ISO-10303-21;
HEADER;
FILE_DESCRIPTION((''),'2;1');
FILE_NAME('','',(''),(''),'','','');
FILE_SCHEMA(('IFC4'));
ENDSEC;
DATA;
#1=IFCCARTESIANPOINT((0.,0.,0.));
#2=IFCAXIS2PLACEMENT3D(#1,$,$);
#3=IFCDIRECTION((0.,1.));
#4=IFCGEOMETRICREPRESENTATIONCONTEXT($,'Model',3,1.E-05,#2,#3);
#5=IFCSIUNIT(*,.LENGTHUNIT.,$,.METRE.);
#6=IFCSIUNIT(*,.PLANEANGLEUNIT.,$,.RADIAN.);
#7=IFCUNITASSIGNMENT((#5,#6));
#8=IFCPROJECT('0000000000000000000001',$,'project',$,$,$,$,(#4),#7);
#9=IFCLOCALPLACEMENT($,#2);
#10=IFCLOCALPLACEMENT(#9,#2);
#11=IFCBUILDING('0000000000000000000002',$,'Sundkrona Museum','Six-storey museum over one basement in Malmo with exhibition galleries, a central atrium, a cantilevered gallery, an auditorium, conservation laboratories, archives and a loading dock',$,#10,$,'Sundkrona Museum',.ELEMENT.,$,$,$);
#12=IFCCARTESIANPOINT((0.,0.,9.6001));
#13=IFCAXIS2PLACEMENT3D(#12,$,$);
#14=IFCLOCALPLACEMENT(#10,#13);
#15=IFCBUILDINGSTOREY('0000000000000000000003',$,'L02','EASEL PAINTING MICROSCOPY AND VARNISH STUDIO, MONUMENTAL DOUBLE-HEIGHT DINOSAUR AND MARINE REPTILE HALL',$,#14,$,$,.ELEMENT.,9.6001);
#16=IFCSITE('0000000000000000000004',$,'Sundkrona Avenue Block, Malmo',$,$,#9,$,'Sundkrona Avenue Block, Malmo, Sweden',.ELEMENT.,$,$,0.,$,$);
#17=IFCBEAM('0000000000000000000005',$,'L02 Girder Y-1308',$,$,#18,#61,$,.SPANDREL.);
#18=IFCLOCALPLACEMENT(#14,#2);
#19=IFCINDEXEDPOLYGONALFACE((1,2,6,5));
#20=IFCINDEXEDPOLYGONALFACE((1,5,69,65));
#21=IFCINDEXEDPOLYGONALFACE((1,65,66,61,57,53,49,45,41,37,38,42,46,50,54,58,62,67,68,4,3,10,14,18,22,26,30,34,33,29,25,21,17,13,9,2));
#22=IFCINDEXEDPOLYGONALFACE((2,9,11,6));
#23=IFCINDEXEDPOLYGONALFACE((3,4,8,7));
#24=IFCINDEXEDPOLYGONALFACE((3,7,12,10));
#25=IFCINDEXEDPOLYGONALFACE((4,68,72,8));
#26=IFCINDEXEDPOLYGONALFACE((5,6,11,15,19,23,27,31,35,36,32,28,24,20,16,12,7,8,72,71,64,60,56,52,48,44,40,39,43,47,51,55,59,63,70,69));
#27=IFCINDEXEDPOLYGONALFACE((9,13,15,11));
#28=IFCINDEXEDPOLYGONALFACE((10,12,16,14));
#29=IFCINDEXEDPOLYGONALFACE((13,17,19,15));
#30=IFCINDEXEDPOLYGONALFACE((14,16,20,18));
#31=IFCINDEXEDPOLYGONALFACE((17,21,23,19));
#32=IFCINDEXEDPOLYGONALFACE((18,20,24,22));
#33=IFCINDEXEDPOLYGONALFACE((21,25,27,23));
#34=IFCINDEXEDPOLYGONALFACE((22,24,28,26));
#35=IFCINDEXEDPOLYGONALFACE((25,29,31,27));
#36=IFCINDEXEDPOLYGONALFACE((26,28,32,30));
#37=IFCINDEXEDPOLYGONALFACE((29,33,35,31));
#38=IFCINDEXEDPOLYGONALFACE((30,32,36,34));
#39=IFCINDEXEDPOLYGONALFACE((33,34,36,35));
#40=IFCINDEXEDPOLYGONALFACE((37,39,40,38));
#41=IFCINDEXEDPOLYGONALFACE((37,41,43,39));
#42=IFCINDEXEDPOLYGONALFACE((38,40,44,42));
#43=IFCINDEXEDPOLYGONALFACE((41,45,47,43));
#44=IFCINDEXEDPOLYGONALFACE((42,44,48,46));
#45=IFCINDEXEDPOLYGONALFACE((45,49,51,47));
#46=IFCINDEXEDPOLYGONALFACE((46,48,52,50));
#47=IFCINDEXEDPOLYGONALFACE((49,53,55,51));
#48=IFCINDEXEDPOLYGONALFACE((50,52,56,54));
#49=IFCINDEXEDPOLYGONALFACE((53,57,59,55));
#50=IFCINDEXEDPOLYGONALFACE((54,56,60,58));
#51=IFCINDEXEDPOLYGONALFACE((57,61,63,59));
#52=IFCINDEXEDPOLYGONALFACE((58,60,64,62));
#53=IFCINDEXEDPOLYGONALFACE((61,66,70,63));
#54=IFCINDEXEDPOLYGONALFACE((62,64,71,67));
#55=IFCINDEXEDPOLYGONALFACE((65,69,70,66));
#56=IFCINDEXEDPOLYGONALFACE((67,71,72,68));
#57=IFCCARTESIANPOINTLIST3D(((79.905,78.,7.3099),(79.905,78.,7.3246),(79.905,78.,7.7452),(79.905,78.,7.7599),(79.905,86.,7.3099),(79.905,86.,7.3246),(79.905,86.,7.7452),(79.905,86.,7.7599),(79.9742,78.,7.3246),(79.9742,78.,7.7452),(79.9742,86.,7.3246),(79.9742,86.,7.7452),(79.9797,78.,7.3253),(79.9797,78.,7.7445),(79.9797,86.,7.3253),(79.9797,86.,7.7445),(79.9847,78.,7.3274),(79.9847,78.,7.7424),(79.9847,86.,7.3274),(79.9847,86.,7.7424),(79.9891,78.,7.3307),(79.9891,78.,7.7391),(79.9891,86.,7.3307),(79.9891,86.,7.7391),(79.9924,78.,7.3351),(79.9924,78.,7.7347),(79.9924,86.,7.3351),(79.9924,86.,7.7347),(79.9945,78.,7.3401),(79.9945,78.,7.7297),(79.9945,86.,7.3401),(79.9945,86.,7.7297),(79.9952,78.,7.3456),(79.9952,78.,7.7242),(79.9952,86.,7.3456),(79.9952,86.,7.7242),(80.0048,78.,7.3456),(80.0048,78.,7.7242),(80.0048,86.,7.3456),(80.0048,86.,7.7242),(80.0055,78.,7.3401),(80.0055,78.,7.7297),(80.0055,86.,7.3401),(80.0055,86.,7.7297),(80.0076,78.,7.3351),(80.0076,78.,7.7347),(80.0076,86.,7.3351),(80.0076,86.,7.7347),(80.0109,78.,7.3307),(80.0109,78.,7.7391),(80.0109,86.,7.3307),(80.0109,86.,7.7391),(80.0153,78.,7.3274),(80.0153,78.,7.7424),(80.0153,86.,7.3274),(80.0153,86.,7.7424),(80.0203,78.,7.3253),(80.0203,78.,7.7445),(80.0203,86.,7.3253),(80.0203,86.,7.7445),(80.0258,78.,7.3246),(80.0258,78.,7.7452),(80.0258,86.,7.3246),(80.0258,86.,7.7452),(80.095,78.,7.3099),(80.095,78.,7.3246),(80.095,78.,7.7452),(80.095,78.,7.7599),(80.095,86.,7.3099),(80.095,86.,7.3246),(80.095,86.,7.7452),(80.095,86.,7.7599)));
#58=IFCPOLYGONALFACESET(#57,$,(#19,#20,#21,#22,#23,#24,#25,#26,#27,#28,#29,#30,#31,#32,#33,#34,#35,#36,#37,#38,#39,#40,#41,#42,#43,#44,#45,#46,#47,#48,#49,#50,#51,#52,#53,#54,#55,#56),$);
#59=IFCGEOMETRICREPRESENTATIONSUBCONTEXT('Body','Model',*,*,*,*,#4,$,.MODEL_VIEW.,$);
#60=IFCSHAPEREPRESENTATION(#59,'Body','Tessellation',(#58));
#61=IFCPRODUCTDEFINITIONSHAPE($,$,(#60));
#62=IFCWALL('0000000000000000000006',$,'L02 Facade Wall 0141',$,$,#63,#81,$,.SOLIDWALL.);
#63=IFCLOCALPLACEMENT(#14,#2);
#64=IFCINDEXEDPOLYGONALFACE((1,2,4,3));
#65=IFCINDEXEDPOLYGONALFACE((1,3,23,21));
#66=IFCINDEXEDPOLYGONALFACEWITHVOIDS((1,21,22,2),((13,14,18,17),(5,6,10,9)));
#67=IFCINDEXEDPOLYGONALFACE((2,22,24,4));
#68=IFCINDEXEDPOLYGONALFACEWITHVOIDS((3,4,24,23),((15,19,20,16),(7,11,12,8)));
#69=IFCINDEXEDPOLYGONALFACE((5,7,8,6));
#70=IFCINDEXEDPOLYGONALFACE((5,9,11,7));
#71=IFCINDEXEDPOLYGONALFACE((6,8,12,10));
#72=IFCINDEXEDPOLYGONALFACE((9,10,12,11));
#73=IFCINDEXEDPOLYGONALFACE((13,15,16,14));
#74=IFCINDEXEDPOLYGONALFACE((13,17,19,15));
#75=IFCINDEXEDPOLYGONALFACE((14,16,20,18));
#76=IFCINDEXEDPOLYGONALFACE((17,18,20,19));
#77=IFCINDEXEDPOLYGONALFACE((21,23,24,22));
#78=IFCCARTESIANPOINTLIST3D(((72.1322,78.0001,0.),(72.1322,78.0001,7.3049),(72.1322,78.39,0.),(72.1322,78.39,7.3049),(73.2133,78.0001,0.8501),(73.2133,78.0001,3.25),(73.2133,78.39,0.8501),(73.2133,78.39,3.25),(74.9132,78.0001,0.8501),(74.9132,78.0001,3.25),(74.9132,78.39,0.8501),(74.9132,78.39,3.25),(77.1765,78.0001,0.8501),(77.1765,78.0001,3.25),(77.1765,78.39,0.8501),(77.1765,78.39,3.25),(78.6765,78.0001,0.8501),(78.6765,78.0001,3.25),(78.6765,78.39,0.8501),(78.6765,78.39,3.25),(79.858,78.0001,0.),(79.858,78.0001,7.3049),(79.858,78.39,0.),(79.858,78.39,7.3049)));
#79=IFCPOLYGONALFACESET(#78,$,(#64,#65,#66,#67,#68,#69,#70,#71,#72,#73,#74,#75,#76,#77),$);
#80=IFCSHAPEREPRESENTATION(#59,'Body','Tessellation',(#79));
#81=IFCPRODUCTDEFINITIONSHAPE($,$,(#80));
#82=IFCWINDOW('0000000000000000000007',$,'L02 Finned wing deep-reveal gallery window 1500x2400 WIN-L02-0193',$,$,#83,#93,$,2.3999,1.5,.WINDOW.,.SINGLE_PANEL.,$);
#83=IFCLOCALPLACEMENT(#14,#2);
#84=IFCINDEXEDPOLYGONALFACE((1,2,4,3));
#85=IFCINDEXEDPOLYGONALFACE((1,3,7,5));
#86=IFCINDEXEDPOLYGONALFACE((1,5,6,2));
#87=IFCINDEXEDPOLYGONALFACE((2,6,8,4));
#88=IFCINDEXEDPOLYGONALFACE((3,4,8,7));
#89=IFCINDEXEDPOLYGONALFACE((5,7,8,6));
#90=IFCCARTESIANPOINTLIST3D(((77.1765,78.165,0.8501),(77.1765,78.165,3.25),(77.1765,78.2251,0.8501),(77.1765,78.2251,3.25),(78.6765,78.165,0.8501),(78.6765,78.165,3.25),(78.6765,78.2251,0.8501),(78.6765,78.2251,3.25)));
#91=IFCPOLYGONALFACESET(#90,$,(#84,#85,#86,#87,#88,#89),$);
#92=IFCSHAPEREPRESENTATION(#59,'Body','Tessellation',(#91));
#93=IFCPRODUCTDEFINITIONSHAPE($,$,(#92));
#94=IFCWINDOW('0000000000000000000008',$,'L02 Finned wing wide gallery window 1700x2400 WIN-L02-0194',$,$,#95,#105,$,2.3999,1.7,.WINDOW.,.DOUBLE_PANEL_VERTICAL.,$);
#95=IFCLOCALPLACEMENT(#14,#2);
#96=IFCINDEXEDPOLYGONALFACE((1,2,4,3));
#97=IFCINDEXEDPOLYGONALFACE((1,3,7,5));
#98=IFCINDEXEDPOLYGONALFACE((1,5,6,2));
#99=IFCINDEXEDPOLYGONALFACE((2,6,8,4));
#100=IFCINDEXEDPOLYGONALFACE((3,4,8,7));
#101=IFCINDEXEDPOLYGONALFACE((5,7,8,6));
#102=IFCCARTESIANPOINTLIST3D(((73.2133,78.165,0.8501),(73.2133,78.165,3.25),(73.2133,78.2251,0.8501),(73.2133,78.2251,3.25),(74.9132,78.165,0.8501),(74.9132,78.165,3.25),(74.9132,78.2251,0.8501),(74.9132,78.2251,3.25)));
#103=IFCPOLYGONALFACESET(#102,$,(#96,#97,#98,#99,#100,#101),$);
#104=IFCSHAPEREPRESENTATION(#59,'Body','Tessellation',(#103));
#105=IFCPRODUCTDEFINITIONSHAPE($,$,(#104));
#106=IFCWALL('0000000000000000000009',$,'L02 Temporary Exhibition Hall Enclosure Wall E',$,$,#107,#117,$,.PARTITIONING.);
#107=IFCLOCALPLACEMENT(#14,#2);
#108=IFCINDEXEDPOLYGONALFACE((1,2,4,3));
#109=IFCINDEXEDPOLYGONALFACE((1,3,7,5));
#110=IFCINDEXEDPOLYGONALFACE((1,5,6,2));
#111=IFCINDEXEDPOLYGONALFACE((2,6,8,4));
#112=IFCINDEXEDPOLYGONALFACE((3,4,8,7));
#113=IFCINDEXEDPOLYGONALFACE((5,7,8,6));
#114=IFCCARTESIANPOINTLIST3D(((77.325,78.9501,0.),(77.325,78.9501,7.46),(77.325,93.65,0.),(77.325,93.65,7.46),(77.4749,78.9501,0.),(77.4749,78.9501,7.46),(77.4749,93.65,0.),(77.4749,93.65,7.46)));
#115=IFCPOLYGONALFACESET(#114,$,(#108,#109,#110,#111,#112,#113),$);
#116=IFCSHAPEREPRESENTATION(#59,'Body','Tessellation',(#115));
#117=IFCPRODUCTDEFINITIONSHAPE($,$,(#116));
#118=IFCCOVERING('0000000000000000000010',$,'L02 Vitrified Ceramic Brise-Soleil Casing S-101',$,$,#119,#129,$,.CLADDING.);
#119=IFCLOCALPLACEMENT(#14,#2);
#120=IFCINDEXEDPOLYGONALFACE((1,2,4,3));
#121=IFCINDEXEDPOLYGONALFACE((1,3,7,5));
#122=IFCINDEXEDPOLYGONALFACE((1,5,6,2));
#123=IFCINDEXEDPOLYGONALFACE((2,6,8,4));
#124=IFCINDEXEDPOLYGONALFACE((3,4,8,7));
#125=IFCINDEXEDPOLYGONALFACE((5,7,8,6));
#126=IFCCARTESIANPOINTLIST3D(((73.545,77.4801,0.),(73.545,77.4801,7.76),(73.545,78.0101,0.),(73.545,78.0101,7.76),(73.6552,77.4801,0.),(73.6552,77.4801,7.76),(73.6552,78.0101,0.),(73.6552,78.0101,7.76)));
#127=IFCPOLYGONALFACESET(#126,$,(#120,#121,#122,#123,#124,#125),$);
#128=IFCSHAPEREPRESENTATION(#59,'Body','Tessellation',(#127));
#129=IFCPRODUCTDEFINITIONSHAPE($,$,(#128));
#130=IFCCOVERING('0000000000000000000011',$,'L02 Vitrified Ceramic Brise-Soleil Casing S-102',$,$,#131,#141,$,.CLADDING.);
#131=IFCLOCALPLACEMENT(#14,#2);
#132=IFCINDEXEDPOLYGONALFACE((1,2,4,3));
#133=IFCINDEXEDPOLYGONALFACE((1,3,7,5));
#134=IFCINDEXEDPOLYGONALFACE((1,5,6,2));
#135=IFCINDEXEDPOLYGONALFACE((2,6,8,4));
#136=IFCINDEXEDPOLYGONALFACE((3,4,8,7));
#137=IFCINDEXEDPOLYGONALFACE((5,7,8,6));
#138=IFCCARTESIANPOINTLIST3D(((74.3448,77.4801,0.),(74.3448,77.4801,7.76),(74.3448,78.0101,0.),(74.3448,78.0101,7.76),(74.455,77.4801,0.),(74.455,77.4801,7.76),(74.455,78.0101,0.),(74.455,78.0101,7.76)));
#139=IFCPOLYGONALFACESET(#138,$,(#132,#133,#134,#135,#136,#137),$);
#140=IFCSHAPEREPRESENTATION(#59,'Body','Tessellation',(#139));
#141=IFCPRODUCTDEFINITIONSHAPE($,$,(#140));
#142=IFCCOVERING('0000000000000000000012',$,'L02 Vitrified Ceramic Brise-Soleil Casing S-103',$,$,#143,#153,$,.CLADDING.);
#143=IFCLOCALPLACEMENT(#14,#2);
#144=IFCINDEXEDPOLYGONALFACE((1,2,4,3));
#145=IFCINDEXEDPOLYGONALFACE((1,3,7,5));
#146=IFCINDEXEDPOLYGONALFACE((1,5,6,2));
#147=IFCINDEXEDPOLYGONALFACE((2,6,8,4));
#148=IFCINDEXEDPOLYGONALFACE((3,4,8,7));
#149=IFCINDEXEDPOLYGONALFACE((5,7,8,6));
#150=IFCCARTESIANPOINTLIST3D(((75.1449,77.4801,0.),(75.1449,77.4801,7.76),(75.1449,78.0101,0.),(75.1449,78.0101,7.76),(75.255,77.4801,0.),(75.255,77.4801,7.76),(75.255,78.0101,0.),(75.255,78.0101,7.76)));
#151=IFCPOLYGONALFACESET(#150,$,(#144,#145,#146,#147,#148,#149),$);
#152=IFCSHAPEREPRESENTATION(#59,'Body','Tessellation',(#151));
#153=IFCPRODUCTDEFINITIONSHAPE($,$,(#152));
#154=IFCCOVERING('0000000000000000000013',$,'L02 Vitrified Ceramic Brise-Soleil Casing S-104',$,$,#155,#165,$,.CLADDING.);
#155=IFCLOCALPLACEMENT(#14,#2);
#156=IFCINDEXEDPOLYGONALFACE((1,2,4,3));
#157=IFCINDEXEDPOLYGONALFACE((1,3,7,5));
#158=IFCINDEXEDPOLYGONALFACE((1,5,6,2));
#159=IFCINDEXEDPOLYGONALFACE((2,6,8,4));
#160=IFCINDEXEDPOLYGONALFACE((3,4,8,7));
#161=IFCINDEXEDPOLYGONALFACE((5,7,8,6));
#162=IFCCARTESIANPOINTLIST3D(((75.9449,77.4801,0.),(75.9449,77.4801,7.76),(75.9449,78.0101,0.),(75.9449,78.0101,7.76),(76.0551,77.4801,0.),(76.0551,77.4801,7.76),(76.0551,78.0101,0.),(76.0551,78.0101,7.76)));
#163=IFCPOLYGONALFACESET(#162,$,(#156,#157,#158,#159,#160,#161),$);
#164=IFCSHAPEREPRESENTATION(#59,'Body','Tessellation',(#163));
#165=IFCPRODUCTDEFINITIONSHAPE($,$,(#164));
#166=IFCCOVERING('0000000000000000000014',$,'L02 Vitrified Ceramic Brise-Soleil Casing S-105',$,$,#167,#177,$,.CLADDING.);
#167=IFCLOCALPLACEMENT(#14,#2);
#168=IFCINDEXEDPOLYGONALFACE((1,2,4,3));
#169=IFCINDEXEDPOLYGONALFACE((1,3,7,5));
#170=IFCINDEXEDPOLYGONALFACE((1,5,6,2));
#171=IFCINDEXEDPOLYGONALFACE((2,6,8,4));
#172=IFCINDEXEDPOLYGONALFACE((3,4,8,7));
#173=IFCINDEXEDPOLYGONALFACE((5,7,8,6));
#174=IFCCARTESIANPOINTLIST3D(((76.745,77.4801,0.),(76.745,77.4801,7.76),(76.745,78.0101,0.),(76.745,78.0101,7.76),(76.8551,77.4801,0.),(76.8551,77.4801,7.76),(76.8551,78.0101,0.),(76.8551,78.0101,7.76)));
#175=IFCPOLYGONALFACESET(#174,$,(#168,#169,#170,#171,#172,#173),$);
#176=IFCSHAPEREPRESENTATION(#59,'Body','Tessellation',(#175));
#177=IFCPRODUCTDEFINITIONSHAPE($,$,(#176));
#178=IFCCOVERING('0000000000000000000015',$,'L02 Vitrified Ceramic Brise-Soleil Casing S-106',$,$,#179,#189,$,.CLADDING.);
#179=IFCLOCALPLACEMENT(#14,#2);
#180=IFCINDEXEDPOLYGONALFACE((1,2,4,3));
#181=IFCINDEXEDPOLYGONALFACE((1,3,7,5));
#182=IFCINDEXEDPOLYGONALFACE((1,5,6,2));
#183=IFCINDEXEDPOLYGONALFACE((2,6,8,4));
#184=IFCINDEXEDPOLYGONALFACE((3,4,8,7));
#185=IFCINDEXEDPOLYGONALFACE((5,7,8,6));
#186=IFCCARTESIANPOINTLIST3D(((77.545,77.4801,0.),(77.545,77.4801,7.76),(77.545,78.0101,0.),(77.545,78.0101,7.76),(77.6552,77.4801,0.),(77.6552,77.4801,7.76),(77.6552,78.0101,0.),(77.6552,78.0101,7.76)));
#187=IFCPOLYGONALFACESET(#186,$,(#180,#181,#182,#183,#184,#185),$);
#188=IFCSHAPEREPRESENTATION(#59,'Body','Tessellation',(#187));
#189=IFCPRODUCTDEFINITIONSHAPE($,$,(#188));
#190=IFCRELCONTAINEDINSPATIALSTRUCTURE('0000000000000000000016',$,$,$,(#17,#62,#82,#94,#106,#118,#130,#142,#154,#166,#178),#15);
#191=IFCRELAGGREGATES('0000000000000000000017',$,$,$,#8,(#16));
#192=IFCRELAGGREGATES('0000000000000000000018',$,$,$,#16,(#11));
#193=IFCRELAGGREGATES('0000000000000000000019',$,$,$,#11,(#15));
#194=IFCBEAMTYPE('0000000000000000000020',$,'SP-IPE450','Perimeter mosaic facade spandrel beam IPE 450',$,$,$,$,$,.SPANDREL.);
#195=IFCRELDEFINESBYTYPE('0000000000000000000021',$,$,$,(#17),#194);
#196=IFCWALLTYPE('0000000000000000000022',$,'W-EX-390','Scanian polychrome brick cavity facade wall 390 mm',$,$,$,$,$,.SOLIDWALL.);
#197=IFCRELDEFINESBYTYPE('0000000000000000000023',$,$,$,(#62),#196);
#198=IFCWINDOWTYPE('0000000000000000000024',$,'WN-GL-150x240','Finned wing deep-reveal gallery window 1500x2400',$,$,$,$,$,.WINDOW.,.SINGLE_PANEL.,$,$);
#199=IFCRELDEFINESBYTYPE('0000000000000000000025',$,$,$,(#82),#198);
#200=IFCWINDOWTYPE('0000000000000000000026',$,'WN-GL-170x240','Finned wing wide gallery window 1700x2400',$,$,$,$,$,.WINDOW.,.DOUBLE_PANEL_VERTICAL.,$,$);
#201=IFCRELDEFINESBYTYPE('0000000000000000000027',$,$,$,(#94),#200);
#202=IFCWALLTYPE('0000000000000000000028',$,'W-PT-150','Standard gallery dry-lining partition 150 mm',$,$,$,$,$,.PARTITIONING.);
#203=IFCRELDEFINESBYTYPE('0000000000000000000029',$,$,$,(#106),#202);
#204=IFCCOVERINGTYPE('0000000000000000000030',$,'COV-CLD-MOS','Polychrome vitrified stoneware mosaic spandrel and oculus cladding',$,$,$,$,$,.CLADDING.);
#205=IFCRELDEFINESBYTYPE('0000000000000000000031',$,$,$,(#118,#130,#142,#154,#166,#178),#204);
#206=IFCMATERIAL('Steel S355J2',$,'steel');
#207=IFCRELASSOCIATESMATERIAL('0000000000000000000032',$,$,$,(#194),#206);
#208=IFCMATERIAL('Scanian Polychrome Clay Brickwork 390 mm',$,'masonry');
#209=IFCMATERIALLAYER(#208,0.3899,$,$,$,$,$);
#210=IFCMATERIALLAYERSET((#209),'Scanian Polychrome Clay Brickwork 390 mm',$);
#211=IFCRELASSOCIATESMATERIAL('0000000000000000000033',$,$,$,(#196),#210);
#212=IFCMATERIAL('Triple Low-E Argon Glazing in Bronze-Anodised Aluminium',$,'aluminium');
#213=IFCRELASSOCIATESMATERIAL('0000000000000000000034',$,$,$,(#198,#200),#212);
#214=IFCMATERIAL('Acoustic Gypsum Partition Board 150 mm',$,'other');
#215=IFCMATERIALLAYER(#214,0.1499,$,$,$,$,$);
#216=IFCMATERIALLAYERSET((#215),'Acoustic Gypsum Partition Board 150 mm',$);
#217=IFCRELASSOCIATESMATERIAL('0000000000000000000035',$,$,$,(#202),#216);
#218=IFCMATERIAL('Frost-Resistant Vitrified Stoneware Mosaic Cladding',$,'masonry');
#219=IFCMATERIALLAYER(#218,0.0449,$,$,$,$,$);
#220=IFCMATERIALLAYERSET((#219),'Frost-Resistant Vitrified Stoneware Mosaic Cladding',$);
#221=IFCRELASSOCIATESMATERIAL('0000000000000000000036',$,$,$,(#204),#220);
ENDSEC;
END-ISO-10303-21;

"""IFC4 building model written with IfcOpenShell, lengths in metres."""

from ifc_helpers import new_model, si_unit, direction, frame, frame_2d, origin, origin_2d, place, context, subcontext, project, spatial, rectangle, i_section, extrude, material, layer, layer_set, material_profile, profile_set, type_object, element, fill, save


model = new_model("IFC4")

# Units and contexts
model_context = context("Model", 3, precision=1e-05, world=origin(), true_north=direction((0.0, 1.0)))
body_context = subcontext(model_context, "Body", "Model", "MODEL_VIEW")
ifc_project = project(units=[si_unit("LENGTHUNIT", "METRE"), si_unit("PLANEANGLEUNIT", "RADIAN")], contexts=[model_context])

# Site, building, storey
site_placement = place(None, origin())
site = spatial("IfcSite", under=ifc_project, at=site_placement, Name="Sundkrona Avenue Block, Malmo", LongName="Sundkrona Avenue Block, Malmo, Sweden", CompositionType="ELEMENT", RefElevation=0.0)
building_placement = place(site_placement, origin())
building = spatial("IfcBuilding", under=site, at=building_placement, Name="Sundkrona Museum", Description="Six-storey museum over one basement in Malmo with exhibition galleries, a central atrium, a cantilevered gallery, an auditorium, conservation laboratories, archives and a loading dock", LongName="Sundkrona Museum", CompositionType="ELEMENT")
storey_placement = place(building_placement, frame((0.0, 0.0, 9.6001)))
storey = spatial("IfcBuildingStorey", under=building, at=storey_placement, Name="L02", Description="EASEL PAINTING MICROSCOPY AND VARNISH STUDIO, MONUMENTAL DOUBLE-HEIGHT DINOSAUR AND MARINE REPTILE HALL", CompositionType="ELEMENT", Elevation=9.6001)

# Shared definitions
ifc_material_1 = material(Name="Steel S355J2", Category="steel")

# Beam
ifc_material_profile_1 = material_profile(ifc_material_1, i_section(OverallWidth=0.1899, OverallDepth=0.45, WebThickness=0.0095, FlangeThickness=0.0146, FilletRadius=0.021, at=origin_2d()), Name="IPE 450")
ifc_profile_set_1 = profile_set([ifc_material_profile_1], Name="Steel S355J2")
beam_type_1 = type_object("IfcBeamType", Name="SP-IPE450", Description="Perimeter mosaic facade spandrel beam IPE 450", PredefinedType="SPANDREL", material=ifc_profile_set_1)
beam_1_placement = place(storey_placement, frame((80.0, 78.0, 7.5349), z_axis=(0.0, 1.0, 0.0), x_axis=(-1.0, 0.0, 0.0)))
element("IfcBeam", 1, at=beam_1_placement, inside=storey, type_object=beam_type_1, Name="L02 Girder Y-1308", PredefinedType="SPANDREL", context=body_context, shape_type="SweptSolid", body=[
    extrude(i_section(OverallWidth=0.1899, OverallDepth=0.45, WebThickness=0.0095, FlangeThickness=0.0146, FilletRadius=0.021, at=origin_2d()), origin(), (0.0, 0.0, 1.0), 8.0),
])

# Wall, openings, windows
ifc_material_2 = material(Name="Scanian Polychrome Clay Brickwork 390 mm", Category="masonry")
ifc_layer_1 = layer(ifc_material_2, 0.3899)
ifc_layer_set_1 = layer_set([ifc_layer_1], Name="Scanian Polychrome Clay Brickwork 390 mm")
wall_type_1 = type_object("IfcWallType", Name="W-EX-390", Description="Scanian polychrome brick cavity facade wall 390 mm", PredefinedType="SOLIDWALL", material=ifc_layer_set_1)
wall_1_placement = place(storey_placement, frame((79.8579, 78.1951, 0.0), z_axis=(0.0, 0.0, 1.0), x_axis=(-1.0, 0.0, 0.0)))
wall_1 = element("IfcWall", 2, at=wall_1_placement, inside=storey, type_object=wall_type_1, Name="L02 Facade Wall 0141", PredefinedType="SOLIDWALL", context=body_context, shape_type="SweptSolid", body=[
    extrude(rectangle(XDim=7.7258, YDim=0.3899, at=frame_2d((3.8628, 0.0))), origin(), (0.0, 0.0, 1.0), 7.3049),
])
opening_1_placement = place(wall_1_placement, frame((1.1814, 0.0, 0.8501)))
opening_1 = element("IfcOpeningElement", 3, at=opening_1_placement, cuts=wall_1, PredefinedType="OPENING", context=body_context, shape_type="SweptSolid", body=[
    extrude(rectangle(XDim=1.5, YDim=2.3999, at=frame_2d((0.75, 1.2))), frame((0.0, 0.2048, 0.0), z_axis=(0.0, -1.0, 0.0), x_axis=(1.0, 0.0, 0.0)), (0.0, 0.0, 1.0), 0.4099),
])
opening_2_placement = place(wall_1_placement, frame((4.9446, 0.0, 0.8501)))
opening_2 = element("IfcOpeningElement", 4, at=opening_2_placement, cuts=wall_1, PredefinedType="OPENING", context=body_context, shape_type="SweptSolid", body=[
    extrude(rectangle(XDim=1.7, YDim=2.3999, at=frame_2d((0.8501, 1.2))), frame((0.0, 0.2048, 0.0), z_axis=(0.0, -1.0, 0.0), x_axis=(1.0, 0.0, 0.0)), (0.0, 0.0, 1.0), 0.4099),
])
ifc_material_3 = material(Name="Triple Low-E Argon Glazing in Bronze-Anodised Aluminium", Category="aluminium")
window_type_1 = type_object("IfcWindowType", Name="WN-GL-150x240", Description="Finned wing deep-reveal gallery window 1500x2400", PartitioningType="SINGLE_PANEL", PredefinedType="WINDOW", material=ifc_material_3)
window_1_placement = place(opening_1_placement, origin())
window_1 = element("IfcWindow", 5, at=window_1_placement, inside=storey, type_object=window_type_1, Name="L02 Finned wing deep-reveal gallery window 1500x2400 WIN-L02-0193", OverallHeight=2.3999, OverallWidth=1.5, PartitioningType="SINGLE_PANEL", PredefinedType="WINDOW", context=body_context, shape_type="SweptSolid", body=[
    extrude(rectangle(XDim=1.5, YDim=2.3999, at=frame_2d((0.75, 1.2))), frame((0.0, 0.03, 0.0), z_axis=(0.0, -1.0, 0.0), x_axis=(1.0, 0.0, 0.0)), (0.0, 0.0, 1.0), 0.0601),
])
fill(opening_1, window_1)
window_type_2 = type_object("IfcWindowType", Name="WN-GL-170x240", Description="Finned wing wide gallery window 1700x2400", PartitioningType="DOUBLE_PANEL_VERTICAL", PredefinedType="WINDOW", material=ifc_material_3)
window_2_placement = place(opening_2_placement, origin())
window_2 = element("IfcWindow", 6, at=window_2_placement, inside=storey, type_object=window_type_2, Name="L02 Finned wing wide gallery window 1700x2400 WIN-L02-0194", OverallHeight=2.3999, OverallWidth=1.7, PartitioningType="DOUBLE_PANEL_VERTICAL", PredefinedType="WINDOW", context=body_context, shape_type="SweptSolid", body=[
    extrude(rectangle(XDim=1.7, YDim=2.3999, at=frame_2d((0.8501, 1.2))), frame((0.0, 0.03, 0.0), z_axis=(0.0, -1.0, 0.0), x_axis=(1.0, 0.0, 0.0)), (0.0, 0.0, 1.0), 0.0601),
])
fill(opening_2, window_2)

# Wall
ifc_material_4 = material(Name="Acoustic Gypsum Partition Board 150 mm", Category="other")
ifc_layer_2 = layer(ifc_material_4, 0.1499)
ifc_layer_set_2 = layer_set([ifc_layer_2], Name="Acoustic Gypsum Partition Board 150 mm")
wall_type_2 = type_object("IfcWallType", Name="W-PT-150", Description="Standard gallery dry-lining partition 150 mm", PredefinedType="PARTITIONING", material=ifc_layer_set_2)
wall_2_placement = place(storey_placement, frame((77.3999, 78.95, 0.0), z_axis=(0.0, 0.0, 1.0), x_axis=(0.0, 1.0, 0.0)))
element("IfcWall", 7, at=wall_2_placement, inside=storey, type_object=wall_type_2, Name="L02 Temporary Exhibition Hall Enclosure Wall E", PredefinedType="PARTITIONING", context=body_context, shape_type="SweptSolid", body=[
    extrude(rectangle(XDim=14.7, YDim=0.1499, at=frame_2d((7.3501, 0.0))), origin(), (0.0, 0.0, 1.0), 7.46),
])

# Coverings
ifc_material_5 = material(Name="Frost-Resistant Vitrified Stoneware Mosaic Cladding", Category="masonry")
ifc_layer_3 = layer(ifc_material_5, 0.0449)
ifc_layer_set_3 = layer_set([ifc_layer_3], Name="Frost-Resistant Vitrified Stoneware Mosaic Cladding")
covering_type = type_object("IfcCoveringType", Name="COV-CLD-MOS", Description="Polychrome vitrified stoneware mosaic spandrel and oculus cladding", PredefinedType="CLADDING", material=ifc_layer_set_3)
for number, where, z_axis, x_axis, name in (
    (8, (73.6001, 77.7451, 0.0), (0.0, 0.0, 1.0), (1.0, 0.0, 0.0), "L02 Vitrified Ceramic Brise-Soleil Casing S-101"),
    (9, (74.3999, 77.7451, 0.0), (0.0, 0.0, 1.0), (1.0, 0.0, 0.0), "L02 Vitrified Ceramic Brise-Soleil Casing S-102"),
    (10, (75.2, 77.7451, 0.0), (0.0, 0.0, 1.0), (1.0, 0.0, 0.0), "L02 Vitrified Ceramic Brise-Soleil Casing S-103"),
    (11, (76.0, 77.7451, 0.0), (0.0, 0.0, 1.0), (1.0, 0.0, 0.0), "L02 Vitrified Ceramic Brise-Soleil Casing S-104"),
    (12, (76.8, 77.7451, 0.0), (0.0, 0.0, 1.0), (1.0, 0.0, 0.0), "L02 Vitrified Ceramic Brise-Soleil Casing S-105"),
    (13, (77.6001, 77.7451, 0.0), (0.0, 0.0, 1.0), (1.0, 0.0, 0.0), "L02 Vitrified Ceramic Brise-Soleil Casing S-106"),
):
    element("IfcCovering", number, at=place(storey_placement, frame(where, z_axis=z_axis, x_axis=x_axis)), inside=storey, type_object=covering_type, Name=name, PredefinedType="CLADDING", context=body_context, shape_type="SweptSolid", body=[
        extrude(rectangle(XDim=0.1101, YDim=0.53, at=origin_2d()), origin(), (0.0, 0.0, 1.0), 7.76),
    ])

save(model, "model.ifc")
